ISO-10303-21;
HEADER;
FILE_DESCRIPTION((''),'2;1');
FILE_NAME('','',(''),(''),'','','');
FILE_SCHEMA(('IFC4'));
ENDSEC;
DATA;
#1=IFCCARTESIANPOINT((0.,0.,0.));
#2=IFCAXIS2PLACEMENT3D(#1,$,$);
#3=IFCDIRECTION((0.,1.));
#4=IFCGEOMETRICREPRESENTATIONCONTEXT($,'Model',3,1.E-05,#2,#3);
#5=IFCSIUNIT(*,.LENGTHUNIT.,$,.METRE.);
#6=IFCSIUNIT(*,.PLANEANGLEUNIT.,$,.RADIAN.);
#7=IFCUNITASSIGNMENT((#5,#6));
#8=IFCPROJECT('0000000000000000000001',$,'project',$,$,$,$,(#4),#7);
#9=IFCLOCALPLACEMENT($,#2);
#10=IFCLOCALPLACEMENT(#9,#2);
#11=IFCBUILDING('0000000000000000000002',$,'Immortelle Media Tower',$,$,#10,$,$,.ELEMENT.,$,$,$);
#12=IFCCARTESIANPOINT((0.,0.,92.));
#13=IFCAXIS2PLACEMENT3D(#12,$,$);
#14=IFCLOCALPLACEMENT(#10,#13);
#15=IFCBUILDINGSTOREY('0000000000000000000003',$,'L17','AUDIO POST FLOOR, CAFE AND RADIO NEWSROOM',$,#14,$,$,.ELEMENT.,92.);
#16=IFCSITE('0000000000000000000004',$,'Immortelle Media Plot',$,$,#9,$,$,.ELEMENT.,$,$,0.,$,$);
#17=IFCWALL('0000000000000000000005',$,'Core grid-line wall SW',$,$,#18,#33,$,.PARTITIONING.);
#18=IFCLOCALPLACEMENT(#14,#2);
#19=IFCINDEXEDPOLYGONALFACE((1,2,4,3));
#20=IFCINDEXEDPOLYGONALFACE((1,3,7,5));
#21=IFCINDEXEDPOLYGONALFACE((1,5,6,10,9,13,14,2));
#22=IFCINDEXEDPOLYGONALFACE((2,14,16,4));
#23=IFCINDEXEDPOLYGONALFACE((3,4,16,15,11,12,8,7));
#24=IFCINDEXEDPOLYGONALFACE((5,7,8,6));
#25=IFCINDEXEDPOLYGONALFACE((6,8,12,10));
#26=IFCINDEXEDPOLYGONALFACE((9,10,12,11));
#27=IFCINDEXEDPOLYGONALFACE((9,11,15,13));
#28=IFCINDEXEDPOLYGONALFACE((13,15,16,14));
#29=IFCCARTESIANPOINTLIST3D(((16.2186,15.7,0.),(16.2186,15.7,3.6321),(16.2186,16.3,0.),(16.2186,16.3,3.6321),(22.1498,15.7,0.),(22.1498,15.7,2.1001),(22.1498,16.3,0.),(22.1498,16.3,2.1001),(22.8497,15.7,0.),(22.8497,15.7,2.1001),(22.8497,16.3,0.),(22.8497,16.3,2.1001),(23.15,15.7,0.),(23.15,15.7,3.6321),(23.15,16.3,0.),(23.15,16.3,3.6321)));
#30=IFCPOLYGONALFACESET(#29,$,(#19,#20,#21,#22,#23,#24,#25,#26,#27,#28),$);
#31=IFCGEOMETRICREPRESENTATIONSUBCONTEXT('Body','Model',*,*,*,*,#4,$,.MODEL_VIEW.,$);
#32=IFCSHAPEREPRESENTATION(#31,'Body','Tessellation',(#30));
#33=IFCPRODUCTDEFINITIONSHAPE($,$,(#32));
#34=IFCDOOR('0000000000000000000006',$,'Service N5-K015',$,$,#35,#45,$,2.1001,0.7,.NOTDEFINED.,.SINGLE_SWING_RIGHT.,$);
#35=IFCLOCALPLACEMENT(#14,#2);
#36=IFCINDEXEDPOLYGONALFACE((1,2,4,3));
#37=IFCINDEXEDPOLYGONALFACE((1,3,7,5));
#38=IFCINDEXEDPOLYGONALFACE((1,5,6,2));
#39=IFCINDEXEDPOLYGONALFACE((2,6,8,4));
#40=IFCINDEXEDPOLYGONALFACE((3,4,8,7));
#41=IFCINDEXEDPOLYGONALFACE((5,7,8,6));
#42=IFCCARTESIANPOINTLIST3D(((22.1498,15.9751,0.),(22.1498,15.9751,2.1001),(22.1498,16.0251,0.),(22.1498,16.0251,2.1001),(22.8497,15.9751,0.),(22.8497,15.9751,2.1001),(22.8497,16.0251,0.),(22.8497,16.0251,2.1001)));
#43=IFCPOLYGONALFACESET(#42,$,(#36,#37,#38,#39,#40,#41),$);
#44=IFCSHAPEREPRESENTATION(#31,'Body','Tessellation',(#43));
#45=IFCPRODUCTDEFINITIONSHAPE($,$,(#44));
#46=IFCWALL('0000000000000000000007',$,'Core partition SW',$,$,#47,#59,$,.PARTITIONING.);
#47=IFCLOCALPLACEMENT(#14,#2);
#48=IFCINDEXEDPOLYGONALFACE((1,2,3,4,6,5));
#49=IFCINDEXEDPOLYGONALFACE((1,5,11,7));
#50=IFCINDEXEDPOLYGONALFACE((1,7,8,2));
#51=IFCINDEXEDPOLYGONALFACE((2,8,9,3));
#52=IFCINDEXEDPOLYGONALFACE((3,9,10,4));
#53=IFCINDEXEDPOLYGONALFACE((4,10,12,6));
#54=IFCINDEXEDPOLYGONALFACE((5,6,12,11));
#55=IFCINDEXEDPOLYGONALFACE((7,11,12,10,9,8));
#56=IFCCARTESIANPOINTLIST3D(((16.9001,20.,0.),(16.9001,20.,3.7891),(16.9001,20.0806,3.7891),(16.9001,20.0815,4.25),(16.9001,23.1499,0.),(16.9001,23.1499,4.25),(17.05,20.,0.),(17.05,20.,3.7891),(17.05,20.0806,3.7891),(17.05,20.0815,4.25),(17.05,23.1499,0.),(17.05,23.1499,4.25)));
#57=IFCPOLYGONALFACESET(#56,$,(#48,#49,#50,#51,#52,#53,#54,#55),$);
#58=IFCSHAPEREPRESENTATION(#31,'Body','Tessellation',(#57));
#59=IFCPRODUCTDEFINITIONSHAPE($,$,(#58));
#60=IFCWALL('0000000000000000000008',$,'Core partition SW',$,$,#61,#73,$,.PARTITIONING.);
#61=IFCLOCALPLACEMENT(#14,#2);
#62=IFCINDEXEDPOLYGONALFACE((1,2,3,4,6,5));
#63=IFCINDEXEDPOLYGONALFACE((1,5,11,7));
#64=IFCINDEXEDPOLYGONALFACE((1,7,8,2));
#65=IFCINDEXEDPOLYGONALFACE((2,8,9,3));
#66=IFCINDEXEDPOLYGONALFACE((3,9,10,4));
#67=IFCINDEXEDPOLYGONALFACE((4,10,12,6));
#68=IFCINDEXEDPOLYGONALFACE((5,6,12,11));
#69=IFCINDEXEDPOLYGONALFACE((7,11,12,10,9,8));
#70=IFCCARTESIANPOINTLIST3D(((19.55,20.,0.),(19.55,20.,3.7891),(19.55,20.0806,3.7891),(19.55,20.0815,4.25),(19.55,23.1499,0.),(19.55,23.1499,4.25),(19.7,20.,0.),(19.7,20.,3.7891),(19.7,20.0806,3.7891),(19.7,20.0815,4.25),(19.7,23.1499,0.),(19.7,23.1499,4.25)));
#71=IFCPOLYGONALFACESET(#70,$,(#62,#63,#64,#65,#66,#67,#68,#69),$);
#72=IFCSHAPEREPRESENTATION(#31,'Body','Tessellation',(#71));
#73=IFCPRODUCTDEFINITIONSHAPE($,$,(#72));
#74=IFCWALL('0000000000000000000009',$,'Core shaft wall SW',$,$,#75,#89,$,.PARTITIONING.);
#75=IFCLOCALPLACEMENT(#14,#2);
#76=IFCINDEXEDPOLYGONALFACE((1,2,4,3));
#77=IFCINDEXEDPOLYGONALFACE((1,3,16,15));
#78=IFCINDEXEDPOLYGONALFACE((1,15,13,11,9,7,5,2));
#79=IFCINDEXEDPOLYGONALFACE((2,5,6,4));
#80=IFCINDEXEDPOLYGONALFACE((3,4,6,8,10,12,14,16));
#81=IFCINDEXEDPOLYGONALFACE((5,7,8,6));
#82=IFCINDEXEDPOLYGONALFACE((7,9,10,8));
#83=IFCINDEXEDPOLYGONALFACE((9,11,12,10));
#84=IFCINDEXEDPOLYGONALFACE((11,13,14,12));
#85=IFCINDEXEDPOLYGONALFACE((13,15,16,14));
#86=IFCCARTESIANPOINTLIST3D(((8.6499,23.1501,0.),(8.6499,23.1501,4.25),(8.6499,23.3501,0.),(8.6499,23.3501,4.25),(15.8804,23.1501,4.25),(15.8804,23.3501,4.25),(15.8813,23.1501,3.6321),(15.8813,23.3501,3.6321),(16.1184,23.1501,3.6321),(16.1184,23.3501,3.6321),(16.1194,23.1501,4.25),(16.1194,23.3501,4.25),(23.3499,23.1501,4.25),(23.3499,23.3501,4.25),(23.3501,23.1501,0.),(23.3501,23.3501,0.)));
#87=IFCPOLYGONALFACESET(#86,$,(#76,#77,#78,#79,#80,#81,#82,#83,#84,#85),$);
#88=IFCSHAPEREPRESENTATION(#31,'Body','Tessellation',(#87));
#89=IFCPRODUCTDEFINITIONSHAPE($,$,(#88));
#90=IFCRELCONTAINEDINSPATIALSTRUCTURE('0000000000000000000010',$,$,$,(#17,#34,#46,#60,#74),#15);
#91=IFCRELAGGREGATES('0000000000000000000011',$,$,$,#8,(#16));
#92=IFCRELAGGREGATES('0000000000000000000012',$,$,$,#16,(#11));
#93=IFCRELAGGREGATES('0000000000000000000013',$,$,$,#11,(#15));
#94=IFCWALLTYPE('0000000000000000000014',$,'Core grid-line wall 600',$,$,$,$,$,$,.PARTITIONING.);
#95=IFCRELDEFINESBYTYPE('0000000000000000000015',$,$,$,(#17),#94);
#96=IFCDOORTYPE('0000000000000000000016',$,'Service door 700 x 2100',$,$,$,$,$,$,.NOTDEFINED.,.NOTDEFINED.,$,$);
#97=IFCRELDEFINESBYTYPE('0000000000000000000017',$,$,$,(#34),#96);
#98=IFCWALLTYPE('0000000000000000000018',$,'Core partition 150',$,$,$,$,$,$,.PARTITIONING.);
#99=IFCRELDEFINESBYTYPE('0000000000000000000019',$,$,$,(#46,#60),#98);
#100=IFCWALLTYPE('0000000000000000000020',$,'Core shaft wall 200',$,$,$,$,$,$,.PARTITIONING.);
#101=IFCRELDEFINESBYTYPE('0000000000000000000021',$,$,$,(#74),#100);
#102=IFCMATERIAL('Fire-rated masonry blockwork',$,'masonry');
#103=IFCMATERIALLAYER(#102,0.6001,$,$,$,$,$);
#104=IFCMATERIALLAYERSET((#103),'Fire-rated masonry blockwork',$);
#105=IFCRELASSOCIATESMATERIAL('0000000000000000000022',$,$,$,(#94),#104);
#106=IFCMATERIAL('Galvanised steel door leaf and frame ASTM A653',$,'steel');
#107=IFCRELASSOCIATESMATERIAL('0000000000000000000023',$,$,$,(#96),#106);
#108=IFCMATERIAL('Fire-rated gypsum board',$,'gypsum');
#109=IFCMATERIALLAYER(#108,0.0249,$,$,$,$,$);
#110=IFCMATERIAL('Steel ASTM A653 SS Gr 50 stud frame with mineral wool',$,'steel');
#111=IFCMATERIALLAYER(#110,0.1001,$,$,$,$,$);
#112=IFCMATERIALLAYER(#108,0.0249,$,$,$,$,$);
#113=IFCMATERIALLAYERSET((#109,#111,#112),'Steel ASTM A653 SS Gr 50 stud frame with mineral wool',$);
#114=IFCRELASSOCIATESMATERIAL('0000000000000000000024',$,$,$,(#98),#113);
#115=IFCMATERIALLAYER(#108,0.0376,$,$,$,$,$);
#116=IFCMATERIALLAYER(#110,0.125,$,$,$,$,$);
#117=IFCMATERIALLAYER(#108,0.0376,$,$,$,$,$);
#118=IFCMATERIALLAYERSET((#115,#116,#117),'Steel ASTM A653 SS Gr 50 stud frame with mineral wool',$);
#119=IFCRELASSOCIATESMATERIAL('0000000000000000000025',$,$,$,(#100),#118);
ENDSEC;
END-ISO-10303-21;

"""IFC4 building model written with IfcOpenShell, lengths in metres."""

from ifc_helpers import new_model, si_unit, direction, frame, frame_2d, origin, place, context, subcontext, project, spatial, polyline, rectangle, outline, extrude, material, layer, layer_set, type_object, element, fill, save


model = new_model("IFC4")

# Units and contexts
model_context = context("Model", 3, precision=1e-05, world=origin(), true_north=direction((0.0, 1.0)))
body_context = subcontext(model_context, "Body", "Model", "MODEL_VIEW")
ifc_project = project(units=[si_unit("LENGTHUNIT", "METRE"), si_unit("PLANEANGLEUNIT", "RADIAN")], contexts=[model_context])

# Site, building, storey
site_placement = place(None, origin())
site = spatial("IfcSite", under=ifc_project, at=site_placement, Name="Immortelle Media Plot", CompositionType="ELEMENT", RefElevation=0.0)
building_placement = place(site_placement, origin())
building = spatial("IfcBuilding", under=site, at=building_placement, Name="Immortelle Media Tower", CompositionType="ELEMENT")
storey_placement = place(building_placement, frame((0.0, 0.0, 92.0)))
storey = spatial("IfcBuildingStorey", under=building, at=storey_placement, Name="L17", Description="AUDIO POST FLOOR, CAFE AND RADIO NEWSROOM", CompositionType="ELEMENT", Elevation=92.0)

# Wall, opening, door
ifc_material_1 = material(Name="Fire-rated masonry blockwork", Category="masonry")
ifc_layer_1 = layer(ifc_material_1, 0.6001)
ifc_layer_set_1 = layer_set([ifc_layer_1], Name="Fire-rated masonry blockwork")
wall_type_1 = type_object("IfcWallType", Name="Core grid-line wall 600", PredefinedType="PARTITIONING", material=ifc_layer_set_1)
wall_1_placement = place(storey_placement, frame((16.2185, 16.0, 0.0), z_axis=(0.0, 0.0, 1.0), x_axis=(1.0, 0.0, 0.0)))
wall_1 = element("IfcWall", 1, at=wall_1_placement, inside=storey, type_object=wall_type_1, Name="Core grid-line wall SW", PredefinedType="PARTITIONING", context=body_context, shape_type="SweptSolid", body=[
    extrude(rectangle(XDim=6.9314, YDim=0.6001, at=frame_2d((3.4658, 0.0))), origin(), (0.0, 0.0, 1.0), 3.6321),
])
opening_1_placement = place(wall_1_placement, frame((6.6313, 0.0, 0.0), z_axis=(0.0, 0.0, 1.0), x_axis=(-1.0, 0.0, 0.0)))
opening_1 = element("IfcOpeningElement", 2, at=opening_1_placement, cuts=wall_1, PredefinedType="OPENING", context=body_context, shape_type="SweptSolid", body=[
    extrude(rectangle(XDim=0.7, YDim=2.1001, at=frame_2d((0.3501, 1.05))), frame((0.0, 0.3101, 0.0), z_axis=(0.0, -1.0, 0.0), x_axis=(1.0, 0.0, 0.0)), (0.0, 0.0, 1.0), 0.6201),
])
ifc_material_2 = material(Name="Galvanised steel door leaf and frame ASTM A653", Category="steel")
door_type_1 = type_object("IfcDoorType", Name="Service door 700 x 2100", OperationType="NOTDEFINED", PredefinedType="NOTDEFINED", material=ifc_material_2)
door_1_placement = place(opening_1_placement, origin())
door_1 = element("IfcDoor", 3, at=door_1_placement, inside=storey, type_object=door_type_1, Name="Service N5-K015", OperationType="SINGLE_SWING_RIGHT", OverallHeight=2.1001, OverallWidth=0.7, PredefinedType="NOTDEFINED", context=body_context, shape_type="SweptSolid", body=[
    extrude(rectangle(XDim=0.7, YDim=2.1001, at=frame_2d((0.3501, 1.05))), frame((0.0, 0.0249, 0.0), z_axis=(0.0, -1.0, 0.0), x_axis=(1.0, 0.0, 0.0)), (0.0, 0.0, 1.0), 0.05),
])
fill(opening_1, door_1)

# Walls
ifc_material_3 = material(Name="Fire-rated gypsum board", Category="gypsum")
ifc_layer_2 = layer(ifc_material_3, 0.0249)
ifc_material_4 = material(Name="Steel ASTM A653 SS Gr 50 stud frame with mineral wool", Category="steel")
ifc_layer_3 = layer(ifc_material_4, 0.1001)
ifc_layer_4 = layer(ifc_material_3, 0.0249)
ifc_layer_set_2 = layer_set([ifc_layer_2, ifc_layer_3, ifc_layer_4], Name="Steel ASTM A653 SS Gr 50 stud frame with mineral wool")
wall_type_2 = type_object("IfcWallType", Name="Core partition 150", PredefinedType="PARTITIONING", material=ifc_layer_set_2)
for number, where, z_axis, x_axis, name in (
    (4, (16.9751, 20.0, 0.0), (0.0, 0.0, 1.0), (0.0, 1.0, 0.0), "Core partition SW"),
    (5, (19.625, 20.0, 0.0), (0.0, 0.0, 1.0), (0.0, 1.0, 0.0), "Core partition SW"),
):
    element("IfcWall", number, at=place(storey_placement, frame(where, z_axis=z_axis, x_axis=x_axis)), inside=storey, type_object=wall_type_2, Name=name, PredefinedType="PARTITIONING", context=body_context, shape_type="SweptSolid", body=[
        extrude(outline(polyline([(0.0, 0.0), (3.1499, 0.0), (3.1499, 4.25), (0.0815, 4.25), (0.0806, 3.7891), (0.0, 3.7891), (0.0, 0.0)])), frame((0.0, 0.075, 0.0), z_axis=(0.0, -1.0, 0.0), x_axis=(1.0, 0.0, 0.0)), (0.0, 0.0, 1.0), 0.1499),
    ])
ifc_layer_5 = layer(ifc_material_3, 0.0376)
ifc_layer_6 = layer(ifc_material_4, 0.125)
ifc_layer_7 = layer(ifc_material_3, 0.0376)
ifc_layer_set_3 = layer_set([ifc_layer_5, ifc_layer_6, ifc_layer_7], Name="Steel ASTM A653 SS Gr 50 stud frame with mineral wool")
wall_type_3 = type_object("IfcWallType", Name="Core shaft wall 200", PredefinedType="PARTITIONING", material=ifc_layer_set_3)
wall_2_placement = place(storey_placement, frame((8.6499, 23.25, 0.0), z_axis=(0.0, 0.0, 1.0), x_axis=(1.0, 0.0, 0.0)))
element("IfcWall", 6, at=wall_2_placement, inside=storey, type_object=wall_type_3, Name="Core shaft wall SW", PredefinedType="PARTITIONING", context=body_context, shape_type="SweptSolid", body=[
    extrude(outline(polyline([(0.0, 0.0), (14.7002, 0.0), (14.7, 4.25), (7.4695, 4.25), (7.4685, 3.6321), (7.2314, 3.6321), (7.2305, 4.25), (0.0, 4.25), (0.0, 0.0)])), frame((0.0, 0.1001, 0.0), z_axis=(0.0, -1.0, 0.0), x_axis=(1.0, 0.0, 0.0)), (0.0, 0.0, 1.0), 0.2),
])

save(model, "model.ifc")
